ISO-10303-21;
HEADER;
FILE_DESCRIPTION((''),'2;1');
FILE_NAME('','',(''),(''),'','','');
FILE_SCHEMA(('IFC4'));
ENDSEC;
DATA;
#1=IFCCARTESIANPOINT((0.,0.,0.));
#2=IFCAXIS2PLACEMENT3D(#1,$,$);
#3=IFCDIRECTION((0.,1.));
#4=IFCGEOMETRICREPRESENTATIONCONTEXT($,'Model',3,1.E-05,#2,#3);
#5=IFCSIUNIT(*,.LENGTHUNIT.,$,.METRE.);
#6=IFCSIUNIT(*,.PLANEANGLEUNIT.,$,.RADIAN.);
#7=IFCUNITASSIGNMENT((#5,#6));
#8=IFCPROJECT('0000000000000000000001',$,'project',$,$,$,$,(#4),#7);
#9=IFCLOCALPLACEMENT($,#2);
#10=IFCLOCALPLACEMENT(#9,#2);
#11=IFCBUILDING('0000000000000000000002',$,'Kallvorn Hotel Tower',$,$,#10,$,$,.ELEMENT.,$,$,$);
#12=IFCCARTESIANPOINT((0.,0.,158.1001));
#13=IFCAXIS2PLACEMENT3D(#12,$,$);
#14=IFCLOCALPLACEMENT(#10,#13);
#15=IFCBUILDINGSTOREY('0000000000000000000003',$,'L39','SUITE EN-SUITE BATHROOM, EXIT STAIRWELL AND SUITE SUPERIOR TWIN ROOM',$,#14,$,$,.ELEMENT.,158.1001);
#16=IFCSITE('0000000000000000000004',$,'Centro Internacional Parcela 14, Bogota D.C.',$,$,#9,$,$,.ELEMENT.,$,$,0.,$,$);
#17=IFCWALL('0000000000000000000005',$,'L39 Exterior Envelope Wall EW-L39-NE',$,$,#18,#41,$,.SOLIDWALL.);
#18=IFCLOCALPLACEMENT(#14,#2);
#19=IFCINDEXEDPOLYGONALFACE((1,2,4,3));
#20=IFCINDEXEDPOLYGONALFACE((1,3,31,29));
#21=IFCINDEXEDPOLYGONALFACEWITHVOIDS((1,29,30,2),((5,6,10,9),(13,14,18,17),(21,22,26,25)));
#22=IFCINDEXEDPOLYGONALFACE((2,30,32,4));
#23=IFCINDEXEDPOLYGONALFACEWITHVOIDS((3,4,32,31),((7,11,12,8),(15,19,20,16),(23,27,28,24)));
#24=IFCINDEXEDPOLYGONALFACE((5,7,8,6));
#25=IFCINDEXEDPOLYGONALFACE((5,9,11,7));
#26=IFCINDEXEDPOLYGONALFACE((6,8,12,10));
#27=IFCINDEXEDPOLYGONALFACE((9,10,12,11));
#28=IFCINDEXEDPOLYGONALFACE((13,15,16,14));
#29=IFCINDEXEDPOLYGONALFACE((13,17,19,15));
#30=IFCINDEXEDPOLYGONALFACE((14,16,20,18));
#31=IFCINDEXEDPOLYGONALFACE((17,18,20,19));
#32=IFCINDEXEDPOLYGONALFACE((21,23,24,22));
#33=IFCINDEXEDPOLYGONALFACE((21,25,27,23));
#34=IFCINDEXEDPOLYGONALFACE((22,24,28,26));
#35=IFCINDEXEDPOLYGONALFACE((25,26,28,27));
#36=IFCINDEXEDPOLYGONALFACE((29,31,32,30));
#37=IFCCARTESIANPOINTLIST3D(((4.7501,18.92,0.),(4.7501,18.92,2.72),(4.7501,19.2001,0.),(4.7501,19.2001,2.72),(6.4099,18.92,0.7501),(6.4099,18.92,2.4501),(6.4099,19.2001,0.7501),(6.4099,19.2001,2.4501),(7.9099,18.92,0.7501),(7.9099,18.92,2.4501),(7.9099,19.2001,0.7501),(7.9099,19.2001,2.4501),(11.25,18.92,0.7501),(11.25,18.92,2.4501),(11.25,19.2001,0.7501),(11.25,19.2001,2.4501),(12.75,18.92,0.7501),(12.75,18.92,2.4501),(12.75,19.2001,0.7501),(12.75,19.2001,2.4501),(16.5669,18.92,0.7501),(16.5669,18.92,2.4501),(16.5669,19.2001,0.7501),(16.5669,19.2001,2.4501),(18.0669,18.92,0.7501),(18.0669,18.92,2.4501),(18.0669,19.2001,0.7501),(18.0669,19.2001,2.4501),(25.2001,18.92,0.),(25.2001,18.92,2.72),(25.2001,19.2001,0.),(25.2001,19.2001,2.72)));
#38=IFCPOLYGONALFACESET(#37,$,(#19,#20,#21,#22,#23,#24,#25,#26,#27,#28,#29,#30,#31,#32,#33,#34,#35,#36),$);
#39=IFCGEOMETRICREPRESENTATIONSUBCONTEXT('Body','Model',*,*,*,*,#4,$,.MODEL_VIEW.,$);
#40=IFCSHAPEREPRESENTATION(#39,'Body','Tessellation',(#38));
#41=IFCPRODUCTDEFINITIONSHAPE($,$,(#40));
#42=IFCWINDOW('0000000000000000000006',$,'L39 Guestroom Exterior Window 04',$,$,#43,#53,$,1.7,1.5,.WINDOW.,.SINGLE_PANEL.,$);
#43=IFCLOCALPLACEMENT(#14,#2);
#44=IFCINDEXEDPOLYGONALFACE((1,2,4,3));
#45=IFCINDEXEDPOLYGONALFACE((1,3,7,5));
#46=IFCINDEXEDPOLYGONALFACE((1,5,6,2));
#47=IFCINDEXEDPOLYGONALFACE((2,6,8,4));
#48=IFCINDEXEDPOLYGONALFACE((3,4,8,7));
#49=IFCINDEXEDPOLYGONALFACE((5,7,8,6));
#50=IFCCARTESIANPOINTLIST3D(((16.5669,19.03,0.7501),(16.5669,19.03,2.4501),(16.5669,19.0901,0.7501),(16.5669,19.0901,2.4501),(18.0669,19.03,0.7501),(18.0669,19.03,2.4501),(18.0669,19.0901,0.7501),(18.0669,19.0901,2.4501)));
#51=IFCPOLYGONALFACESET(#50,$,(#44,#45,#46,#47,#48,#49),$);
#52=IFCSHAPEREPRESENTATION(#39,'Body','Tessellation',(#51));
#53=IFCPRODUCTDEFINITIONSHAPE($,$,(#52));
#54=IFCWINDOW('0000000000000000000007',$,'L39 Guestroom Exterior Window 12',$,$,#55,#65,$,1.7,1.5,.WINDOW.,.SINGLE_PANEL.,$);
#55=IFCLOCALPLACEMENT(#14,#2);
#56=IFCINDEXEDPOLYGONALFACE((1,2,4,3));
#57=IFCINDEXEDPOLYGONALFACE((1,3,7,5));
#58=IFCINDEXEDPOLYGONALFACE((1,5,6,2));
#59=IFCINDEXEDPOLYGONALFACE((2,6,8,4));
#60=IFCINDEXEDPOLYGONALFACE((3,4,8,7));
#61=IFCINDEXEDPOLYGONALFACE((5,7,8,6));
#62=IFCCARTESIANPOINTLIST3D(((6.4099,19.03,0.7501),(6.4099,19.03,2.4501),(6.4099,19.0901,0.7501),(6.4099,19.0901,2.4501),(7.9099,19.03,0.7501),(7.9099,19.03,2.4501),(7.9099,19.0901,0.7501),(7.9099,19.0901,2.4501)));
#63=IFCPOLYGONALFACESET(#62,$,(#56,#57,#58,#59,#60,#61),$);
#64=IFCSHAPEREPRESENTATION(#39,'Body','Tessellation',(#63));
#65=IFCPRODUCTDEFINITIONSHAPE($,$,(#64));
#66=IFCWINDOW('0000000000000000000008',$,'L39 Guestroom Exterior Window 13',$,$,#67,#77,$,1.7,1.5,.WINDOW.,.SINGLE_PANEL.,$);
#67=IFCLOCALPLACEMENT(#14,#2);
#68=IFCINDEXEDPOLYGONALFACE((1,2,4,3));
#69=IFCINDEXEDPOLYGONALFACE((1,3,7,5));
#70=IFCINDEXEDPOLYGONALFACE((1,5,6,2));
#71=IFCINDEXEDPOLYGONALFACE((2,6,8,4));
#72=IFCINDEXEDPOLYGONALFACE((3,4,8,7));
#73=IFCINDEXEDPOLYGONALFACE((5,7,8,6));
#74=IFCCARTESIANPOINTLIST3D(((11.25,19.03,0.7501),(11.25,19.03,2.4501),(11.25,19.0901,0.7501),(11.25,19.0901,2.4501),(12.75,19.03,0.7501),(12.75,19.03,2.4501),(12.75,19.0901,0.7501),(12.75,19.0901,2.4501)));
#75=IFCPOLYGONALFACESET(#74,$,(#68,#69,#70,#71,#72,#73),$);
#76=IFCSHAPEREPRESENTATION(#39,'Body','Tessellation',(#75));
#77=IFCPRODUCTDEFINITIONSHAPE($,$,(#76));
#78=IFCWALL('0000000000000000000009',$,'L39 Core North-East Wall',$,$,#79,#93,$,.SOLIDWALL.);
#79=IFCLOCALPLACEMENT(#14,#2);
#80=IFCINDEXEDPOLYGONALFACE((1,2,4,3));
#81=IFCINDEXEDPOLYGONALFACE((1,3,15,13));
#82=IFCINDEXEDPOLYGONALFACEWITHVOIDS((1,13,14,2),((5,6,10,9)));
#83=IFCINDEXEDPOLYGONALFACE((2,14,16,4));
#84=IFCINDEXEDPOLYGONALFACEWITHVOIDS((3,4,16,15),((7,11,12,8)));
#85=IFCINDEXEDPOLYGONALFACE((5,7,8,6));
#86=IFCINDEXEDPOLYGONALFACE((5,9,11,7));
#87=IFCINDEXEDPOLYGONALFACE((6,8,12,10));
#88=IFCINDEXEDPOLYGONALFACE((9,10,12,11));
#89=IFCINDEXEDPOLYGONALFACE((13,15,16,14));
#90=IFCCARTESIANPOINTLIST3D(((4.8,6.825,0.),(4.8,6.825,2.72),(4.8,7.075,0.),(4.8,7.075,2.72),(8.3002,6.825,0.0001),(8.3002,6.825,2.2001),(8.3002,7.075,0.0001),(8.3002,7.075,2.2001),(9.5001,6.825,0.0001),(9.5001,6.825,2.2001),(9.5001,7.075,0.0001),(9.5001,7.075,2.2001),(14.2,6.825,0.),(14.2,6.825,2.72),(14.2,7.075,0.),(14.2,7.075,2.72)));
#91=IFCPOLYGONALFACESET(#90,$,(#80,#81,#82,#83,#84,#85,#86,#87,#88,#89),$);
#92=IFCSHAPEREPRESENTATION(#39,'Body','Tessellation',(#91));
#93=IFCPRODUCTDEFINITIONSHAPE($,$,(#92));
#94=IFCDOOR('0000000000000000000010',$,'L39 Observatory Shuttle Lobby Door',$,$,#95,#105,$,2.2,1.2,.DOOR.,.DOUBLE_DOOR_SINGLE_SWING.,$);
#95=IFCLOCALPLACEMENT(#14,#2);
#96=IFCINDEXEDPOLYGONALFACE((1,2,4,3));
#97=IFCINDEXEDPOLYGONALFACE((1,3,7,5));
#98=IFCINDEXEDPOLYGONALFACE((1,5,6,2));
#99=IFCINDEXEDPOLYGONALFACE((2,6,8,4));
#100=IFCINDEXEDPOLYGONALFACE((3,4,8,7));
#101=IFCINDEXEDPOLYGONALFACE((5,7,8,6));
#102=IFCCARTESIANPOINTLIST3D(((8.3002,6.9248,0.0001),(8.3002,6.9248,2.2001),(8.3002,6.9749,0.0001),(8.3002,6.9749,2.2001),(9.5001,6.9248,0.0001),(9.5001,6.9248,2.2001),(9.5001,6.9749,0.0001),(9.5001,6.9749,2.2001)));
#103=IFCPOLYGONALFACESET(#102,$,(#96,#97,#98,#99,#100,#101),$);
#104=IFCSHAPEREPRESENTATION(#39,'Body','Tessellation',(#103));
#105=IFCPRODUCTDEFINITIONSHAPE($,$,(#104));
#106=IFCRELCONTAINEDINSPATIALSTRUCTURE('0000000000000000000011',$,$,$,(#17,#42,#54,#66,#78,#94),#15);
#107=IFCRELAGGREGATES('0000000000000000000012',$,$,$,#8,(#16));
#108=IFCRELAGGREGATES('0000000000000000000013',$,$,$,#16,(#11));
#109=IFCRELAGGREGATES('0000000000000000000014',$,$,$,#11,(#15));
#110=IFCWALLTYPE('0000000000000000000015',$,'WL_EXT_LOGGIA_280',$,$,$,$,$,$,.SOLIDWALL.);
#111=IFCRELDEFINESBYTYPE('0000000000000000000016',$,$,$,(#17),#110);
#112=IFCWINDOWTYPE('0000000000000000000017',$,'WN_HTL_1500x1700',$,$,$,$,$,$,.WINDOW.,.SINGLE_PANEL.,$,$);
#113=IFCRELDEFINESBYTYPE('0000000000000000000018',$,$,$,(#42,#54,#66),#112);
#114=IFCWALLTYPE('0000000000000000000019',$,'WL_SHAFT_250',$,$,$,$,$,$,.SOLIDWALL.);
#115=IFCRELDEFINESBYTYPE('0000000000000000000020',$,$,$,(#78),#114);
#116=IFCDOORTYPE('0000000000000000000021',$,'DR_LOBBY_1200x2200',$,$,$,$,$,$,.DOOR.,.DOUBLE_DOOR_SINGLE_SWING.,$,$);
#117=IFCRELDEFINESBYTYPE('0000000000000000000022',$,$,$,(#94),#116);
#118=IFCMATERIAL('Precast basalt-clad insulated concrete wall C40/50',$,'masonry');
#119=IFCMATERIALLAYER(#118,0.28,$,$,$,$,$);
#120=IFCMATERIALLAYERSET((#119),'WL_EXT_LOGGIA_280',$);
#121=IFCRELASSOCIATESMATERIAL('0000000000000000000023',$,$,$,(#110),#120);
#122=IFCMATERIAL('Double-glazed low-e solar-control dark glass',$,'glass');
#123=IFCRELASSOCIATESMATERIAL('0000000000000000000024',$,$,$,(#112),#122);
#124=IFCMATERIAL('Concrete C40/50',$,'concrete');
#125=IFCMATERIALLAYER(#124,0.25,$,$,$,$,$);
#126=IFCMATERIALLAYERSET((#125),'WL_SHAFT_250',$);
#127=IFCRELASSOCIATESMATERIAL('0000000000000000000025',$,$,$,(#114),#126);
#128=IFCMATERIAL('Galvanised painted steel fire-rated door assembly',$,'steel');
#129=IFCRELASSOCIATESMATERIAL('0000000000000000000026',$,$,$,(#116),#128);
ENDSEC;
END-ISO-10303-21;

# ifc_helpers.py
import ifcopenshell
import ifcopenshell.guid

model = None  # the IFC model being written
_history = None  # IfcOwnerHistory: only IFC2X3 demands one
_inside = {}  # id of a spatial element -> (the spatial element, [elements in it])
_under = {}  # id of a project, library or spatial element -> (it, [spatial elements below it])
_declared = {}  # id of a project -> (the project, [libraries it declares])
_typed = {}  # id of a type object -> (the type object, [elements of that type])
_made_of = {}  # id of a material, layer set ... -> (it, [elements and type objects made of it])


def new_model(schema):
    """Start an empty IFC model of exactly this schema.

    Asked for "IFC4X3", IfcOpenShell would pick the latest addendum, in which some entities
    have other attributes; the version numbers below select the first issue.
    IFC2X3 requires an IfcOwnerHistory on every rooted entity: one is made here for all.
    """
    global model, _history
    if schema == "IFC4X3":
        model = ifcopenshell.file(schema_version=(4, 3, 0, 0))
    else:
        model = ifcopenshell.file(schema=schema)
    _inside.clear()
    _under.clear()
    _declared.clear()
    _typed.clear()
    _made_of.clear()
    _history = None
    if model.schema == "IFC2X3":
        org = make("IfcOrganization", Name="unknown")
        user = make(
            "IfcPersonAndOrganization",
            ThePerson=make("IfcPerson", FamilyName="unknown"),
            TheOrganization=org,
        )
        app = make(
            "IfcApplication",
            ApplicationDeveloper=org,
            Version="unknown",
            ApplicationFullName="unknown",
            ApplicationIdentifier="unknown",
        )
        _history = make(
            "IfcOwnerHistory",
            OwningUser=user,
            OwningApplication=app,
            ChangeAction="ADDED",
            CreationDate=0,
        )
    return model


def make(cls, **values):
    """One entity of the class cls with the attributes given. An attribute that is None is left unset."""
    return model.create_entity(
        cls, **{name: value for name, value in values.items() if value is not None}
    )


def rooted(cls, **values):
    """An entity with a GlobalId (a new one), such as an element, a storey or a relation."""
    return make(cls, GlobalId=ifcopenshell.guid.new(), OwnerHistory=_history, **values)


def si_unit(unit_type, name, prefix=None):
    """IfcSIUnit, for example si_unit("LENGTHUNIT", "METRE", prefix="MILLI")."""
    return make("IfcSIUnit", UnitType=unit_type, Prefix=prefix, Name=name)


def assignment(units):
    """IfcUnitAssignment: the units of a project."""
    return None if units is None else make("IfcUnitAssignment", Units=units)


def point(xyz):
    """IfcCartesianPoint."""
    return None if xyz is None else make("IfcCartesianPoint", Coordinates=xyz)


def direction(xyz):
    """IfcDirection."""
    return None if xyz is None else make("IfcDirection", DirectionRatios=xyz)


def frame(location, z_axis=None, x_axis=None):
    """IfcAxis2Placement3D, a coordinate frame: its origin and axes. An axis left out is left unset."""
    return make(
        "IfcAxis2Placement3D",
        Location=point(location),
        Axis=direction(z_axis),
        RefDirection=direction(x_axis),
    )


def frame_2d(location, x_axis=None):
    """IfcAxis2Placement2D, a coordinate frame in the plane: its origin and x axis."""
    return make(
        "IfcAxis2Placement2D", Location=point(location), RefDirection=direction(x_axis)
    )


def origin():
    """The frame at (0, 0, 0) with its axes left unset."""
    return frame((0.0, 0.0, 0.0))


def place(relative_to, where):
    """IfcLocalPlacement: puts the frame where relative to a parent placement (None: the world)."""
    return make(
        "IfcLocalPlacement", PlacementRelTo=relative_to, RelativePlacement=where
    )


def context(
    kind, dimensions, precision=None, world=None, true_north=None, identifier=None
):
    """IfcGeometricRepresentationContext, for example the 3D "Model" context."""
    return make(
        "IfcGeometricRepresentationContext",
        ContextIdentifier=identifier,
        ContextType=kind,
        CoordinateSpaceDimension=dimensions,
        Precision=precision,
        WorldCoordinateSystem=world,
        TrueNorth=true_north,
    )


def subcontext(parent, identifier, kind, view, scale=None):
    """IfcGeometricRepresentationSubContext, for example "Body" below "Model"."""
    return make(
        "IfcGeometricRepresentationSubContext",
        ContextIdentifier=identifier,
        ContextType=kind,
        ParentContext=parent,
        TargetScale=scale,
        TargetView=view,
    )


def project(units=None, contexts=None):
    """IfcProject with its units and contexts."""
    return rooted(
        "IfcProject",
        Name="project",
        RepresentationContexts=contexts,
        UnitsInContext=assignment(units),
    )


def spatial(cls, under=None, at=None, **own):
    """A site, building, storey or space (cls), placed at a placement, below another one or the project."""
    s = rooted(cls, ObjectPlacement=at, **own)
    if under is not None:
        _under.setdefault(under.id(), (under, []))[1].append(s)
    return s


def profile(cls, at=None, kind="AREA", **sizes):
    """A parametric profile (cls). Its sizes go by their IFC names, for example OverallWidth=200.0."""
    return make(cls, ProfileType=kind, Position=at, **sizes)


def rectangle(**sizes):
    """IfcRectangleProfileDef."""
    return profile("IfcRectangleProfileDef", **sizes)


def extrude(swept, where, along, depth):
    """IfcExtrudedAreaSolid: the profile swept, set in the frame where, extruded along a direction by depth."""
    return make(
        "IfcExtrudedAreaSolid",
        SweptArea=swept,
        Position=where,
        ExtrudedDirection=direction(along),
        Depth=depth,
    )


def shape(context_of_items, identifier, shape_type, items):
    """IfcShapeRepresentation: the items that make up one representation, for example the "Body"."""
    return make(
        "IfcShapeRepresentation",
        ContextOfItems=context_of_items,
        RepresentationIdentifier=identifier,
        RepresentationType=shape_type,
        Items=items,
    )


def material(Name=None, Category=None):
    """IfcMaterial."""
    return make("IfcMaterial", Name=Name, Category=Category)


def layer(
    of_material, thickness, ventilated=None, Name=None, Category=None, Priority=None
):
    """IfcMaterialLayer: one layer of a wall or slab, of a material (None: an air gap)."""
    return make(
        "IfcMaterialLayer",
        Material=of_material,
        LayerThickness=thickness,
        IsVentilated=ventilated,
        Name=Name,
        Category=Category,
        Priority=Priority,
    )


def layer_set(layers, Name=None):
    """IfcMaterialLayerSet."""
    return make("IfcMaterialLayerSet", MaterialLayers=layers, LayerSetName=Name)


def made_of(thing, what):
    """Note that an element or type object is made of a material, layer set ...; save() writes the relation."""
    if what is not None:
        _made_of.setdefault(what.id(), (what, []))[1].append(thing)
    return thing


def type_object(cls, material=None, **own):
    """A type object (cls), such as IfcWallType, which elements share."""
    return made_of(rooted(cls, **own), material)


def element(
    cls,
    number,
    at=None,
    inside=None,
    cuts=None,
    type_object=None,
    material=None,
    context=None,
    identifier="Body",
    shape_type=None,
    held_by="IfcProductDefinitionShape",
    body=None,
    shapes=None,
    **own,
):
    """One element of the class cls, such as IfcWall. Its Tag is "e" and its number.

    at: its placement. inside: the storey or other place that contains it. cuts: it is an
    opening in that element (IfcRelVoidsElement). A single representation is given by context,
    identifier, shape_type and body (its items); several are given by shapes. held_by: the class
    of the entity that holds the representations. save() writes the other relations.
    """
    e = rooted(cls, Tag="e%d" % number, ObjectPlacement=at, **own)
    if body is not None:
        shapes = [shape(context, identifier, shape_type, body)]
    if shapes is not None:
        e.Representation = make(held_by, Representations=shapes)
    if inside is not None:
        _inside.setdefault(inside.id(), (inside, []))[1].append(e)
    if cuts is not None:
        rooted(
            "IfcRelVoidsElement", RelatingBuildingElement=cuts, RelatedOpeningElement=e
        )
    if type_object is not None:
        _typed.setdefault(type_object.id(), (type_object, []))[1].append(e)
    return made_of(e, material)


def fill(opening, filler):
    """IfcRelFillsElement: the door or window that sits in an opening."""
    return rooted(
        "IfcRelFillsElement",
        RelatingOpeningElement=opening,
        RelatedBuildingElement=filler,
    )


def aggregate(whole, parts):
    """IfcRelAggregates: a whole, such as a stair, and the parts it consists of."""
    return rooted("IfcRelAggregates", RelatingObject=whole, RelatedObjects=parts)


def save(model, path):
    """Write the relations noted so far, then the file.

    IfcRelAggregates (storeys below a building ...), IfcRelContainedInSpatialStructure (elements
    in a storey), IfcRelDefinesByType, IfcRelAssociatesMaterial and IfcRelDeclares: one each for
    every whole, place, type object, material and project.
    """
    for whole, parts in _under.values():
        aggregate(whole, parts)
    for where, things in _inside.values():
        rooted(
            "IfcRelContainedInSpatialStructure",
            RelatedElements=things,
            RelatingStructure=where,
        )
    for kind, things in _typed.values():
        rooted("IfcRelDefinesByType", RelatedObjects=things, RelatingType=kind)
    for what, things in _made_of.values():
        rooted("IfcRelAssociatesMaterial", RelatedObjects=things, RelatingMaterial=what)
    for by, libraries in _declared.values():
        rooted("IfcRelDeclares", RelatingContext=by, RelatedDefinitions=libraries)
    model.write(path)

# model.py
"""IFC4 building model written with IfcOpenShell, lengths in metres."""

from ifc_helpers import new_model, si_unit, direction, frame, frame_2d, origin, place, context, subcontext, project, spatial, rectangle, extrude, material, layer, layer_set, type_object, element, fill, save


model = new_model("IFC4")

# Units and contexts
model_context = context("Model", 3, precision=1e-05, world=origin(), true_north=direction((0.0, 1.0)))
body_context = subcontext(model_context, "Body", "Model", "MODEL_VIEW")
ifc_project = project(units=[si_unit("LENGTHUNIT", "METRE"), si_unit("PLANEANGLEUNIT", "RADIAN")], contexts=[model_context])

# Site, building, storey
site_placement = place(None, origin())
site = spatial("IfcSite", under=ifc_project, at=site_placement, Name="Centro Internacional Parcela 14, Bogota D.C.", CompositionType="ELEMENT", RefElevation=0.0)
building_placement = place(site_placement, origin())
building = spatial("IfcBuilding", under=site, at=building_placement, Name="Kallvorn Hotel Tower", CompositionType="ELEMENT")
storey_placement = place(building_placement, frame((0.0, 0.0, 158.1001)))
storey = spatial("IfcBuildingStorey", under=building, at=storey_placement, Name="L39", Description="SUITE EN-SUITE BATHROOM, EXIT STAIRWELL AND SUITE SUPERIOR TWIN ROOM", CompositionType="ELEMENT", Elevation=158.1001)

# Wall, openings, windows
ifc_material_1 = material(Name="Precast basalt-clad insulated concrete wall C40/50", Category="masonry")
ifc_layer_1 = layer(ifc_material_1, 0.28)
ifc_layer_set_1 = layer_set([ifc_layer_1], Name="WL_EXT_LOGGIA_280")
wall_type_1 = type_object("IfcWallType", Name="WL_EXT_LOGGIA_280", PredefinedType="SOLIDWALL", material=ifc_layer_set_1)
wall_1_placement = place(storey_placement, frame((4.75, 19.0601, 0.0), z_axis=(0.0, 0.0, 1.0), x_axis=(1.0, 0.0, 0.0)))
wall_1 = element("IfcWall", 1, at=wall_1_placement, inside=storey, type_object=wall_type_1, Name="L39 Exterior Envelope Wall EW-L39-NE", PredefinedType="SOLIDWALL", context=body_context, shape_type="SweptSolid", body=[
    extrude(rectangle(XDim=20.45, YDim=0.28, at=frame_2d((10.2251, 0.0))), origin(), (0.0, 0.0, 1.0), 2.72),
])
opening_1_placement = place(wall_1_placement, frame((11.8169, 0.0, 0.75)))
opening_1 = element("IfcOpeningElement", 2, at=opening_1_placement, cuts=wall_1, PredefinedType="OPENING", context=body_context, shape_type="SweptSolid", body=[
    extrude(rectangle(XDim=1.5, YDim=1.7, at=frame_2d((0.75, 0.8501))), frame((0.0, 0.155, 0.0), z_axis=(0.0, -1.0, 0.0), x_axis=(1.0, 0.0, 0.0)), (0.0, 0.0, 1.0), 0.3101),
])
opening_2_placement = place(wall_1_placement, frame((1.6599, 0.0, 0.75)))
opening_2 = element("IfcOpeningElement", 3, at=opening_2_placement, cuts=wall_1, PredefinedType="OPENING", context=body_context, shape_type="SweptSolid", body=[
    extrude(rectangle(XDim=1.5, YDim=1.7, at=frame_2d((0.75, 0.8501))), frame((0.0, 0.155, 0.0), z_axis=(0.0, -1.0, 0.0), x_axis=(1.0, 0.0, 0.0)), (0.0, 0.0, 1.0), 0.3101),
])
opening_3_placement = place(wall_1_placement, frame((6.5, 0.0, 0.75)))
opening_3 = element("IfcOpeningElement", 4, at=opening_3_placement, cuts=wall_1, PredefinedType="OPENING", context=body_context, shape_type="SweptSolid", body=[
    extrude(rectangle(XDim=1.5, YDim=1.7, at=frame_2d((0.75, 0.8501))), frame((0.0, 0.155, 0.0), z_axis=(0.0, -1.0, 0.0), x_axis=(1.0, 0.0, 0.0)), (0.0, 0.0, 1.0), 0.3101),
])
ifc_material_2 = material(Name="Double-glazed low-e solar-control dark glass", Category="glass")
window_type = type_object("IfcWindowType", Name="WN_HTL_1500x1700", PartitioningType="SINGLE_PANEL", PredefinedType="WINDOW", material=ifc_material_2)
window_1_placement = place(opening_1_placement, origin())
window_1 = element("IfcWindow", 5, at=window_1_placement, inside=storey, type_object=window_type, Name="L39 Guestroom Exterior Window 04", OverallHeight=1.7, OverallWidth=1.5, PartitioningType="SINGLE_PANEL", PredefinedType="WINDOW", context=body_context, shape_type="SweptSolid", body=[
    extrude(rectangle(XDim=1.5, YDim=1.7, at=frame_2d((0.75, 0.8501))), frame((0.0, 0.03, 0.0), z_axis=(0.0, -1.0, 0.0), x_axis=(1.0, 0.0, 0.0)), (0.0, 0.0, 1.0), 0.0601),
])
fill(opening_1, window_1)
window_2_placement = place(opening_2_placement, origin())
window_2 = element("IfcWindow", 6, at=window_2_placement, inside=storey, type_object=window_type, Name="L39 Guestroom Exterior Window 12", OverallHeight=1.7, OverallWidth=1.5, PartitioningType="SINGLE_PANEL", PredefinedType="WINDOW", context=body_context, shape_type="SweptSolid", body=[
    extrude(rectangle(XDim=1.5, YDim=1.7, at=frame_2d((0.75, 0.8501))), frame((0.0, 0.03, 0.0), z_axis=(0.0, -1.0, 0.0), x_axis=(1.0, 0.0, 0.0)), (0.0, 0.0, 1.0), 0.0601),
])
fill(opening_2, window_2)
window_3_placement = place(opening_3_placement, origin())
window_3 = element("IfcWindow", 7, at=window_3_placement, inside=storey, type_object=window_type, Name="L39 Guestroom Exterior Window 13", OverallHeight=1.7, OverallWidth=1.5, PartitioningType="SINGLE_PANEL", PredefinedType="WINDOW", context=body_context, shape_type="SweptSolid", body=[
    extrude(rectangle(XDim=1.5, YDim=1.7, at=frame_2d((0.75, 0.8501))), frame((0.0, 0.03, 0.0), z_axis=(0.0, -1.0, 0.0), x_axis=(1.0, 0.0, 0.0)), (0.0, 0.0, 1.0), 0.0601),
])
fill(opening_3, window_3)

# Wall, opening, door
ifc_material_3 = material(Name="Concrete C40/50", Category="concrete")
ifc_layer_2 = layer(ifc_material_3, 0.25)
ifc_layer_set_2 = layer_set([ifc_layer_2], Name="WL_SHAFT_250")
wall_type_2 = type_object("IfcWallType", Name="WL_SHAFT_250", PredefinedType="SOLIDWALL", material=ifc_layer_set_2)
wall_2_placement = place(storey_placement, frame((4.8, 6.95, 0.0), z_axis=(0.0, 0.0, 1.0), x_axis=(1.0, 0.0, 0.0)))
wall_2 = element("IfcWall", 8, at=wall_2_placement, inside=storey, type_object=wall_type_2, Name="L39 Core North-East Wall", PredefinedType="SOLIDWALL", context=body_context, shape_type="SweptSolid", body=[
    extrude(rectangle(XDim=9.3999, YDim=0.25, at=frame_2d((4.7, 0.0))), origin(), (0.0, 0.0, 1.0), 2.72),
])
opening_4_placement = place(wall_2_placement, frame((3.5, 0.0, 0.0)))
opening_4 = element("IfcOpeningElement", 9, at=opening_4_placement, cuts=wall_2, PredefinedType="OPENING", context=body_context, shape_type="SweptSolid", body=[
    extrude(rectangle(XDim=1.2, YDim=2.2, at=frame_2d((0.6001, 1.1001))), frame((0.0, 0.1399, 0.0), z_axis=(0.0, -1.0, 0.0), x_axis=(1.0, 0.0, 0.0)), (0.0, 0.0, 1.0), 0.28),
])
ifc_material_4 = material(Name="Galvanised painted steel fire-rated door assembly", Category="steel")
door_type = type_object("IfcDoorType", Name="DR_LOBBY_1200x2200", OperationType="DOUBLE_DOOR_SINGLE_SWING", PredefinedType="DOOR", material=ifc_material_4)
door_placement = place(opening_4_placement, origin())
door = element("IfcDoor", 10, at=door_placement, inside=storey, type_object=door_type, Name="L39 Observatory Shuttle Lobby Door", OperationType="DOUBLE_DOOR_SINGLE_SWING", OverallHeight=2.2, OverallWidth=1.2, PredefinedType="DOOR", context=body_context, shape_type="SweptSolid", body=[
    extrude(rectangle(XDim=1.2, YDim=2.2, at=frame_2d((0.6001, 1.1001))), frame((0.0, 0.0249, 0.0), z_axis=(0.0, -1.0, 0.0), x_axis=(1.0, 0.0, 0.0)), (0.0, 0.0, 1.0), 0.05),
])
fill(opening_4, door)

save(model, "model.ifc")
